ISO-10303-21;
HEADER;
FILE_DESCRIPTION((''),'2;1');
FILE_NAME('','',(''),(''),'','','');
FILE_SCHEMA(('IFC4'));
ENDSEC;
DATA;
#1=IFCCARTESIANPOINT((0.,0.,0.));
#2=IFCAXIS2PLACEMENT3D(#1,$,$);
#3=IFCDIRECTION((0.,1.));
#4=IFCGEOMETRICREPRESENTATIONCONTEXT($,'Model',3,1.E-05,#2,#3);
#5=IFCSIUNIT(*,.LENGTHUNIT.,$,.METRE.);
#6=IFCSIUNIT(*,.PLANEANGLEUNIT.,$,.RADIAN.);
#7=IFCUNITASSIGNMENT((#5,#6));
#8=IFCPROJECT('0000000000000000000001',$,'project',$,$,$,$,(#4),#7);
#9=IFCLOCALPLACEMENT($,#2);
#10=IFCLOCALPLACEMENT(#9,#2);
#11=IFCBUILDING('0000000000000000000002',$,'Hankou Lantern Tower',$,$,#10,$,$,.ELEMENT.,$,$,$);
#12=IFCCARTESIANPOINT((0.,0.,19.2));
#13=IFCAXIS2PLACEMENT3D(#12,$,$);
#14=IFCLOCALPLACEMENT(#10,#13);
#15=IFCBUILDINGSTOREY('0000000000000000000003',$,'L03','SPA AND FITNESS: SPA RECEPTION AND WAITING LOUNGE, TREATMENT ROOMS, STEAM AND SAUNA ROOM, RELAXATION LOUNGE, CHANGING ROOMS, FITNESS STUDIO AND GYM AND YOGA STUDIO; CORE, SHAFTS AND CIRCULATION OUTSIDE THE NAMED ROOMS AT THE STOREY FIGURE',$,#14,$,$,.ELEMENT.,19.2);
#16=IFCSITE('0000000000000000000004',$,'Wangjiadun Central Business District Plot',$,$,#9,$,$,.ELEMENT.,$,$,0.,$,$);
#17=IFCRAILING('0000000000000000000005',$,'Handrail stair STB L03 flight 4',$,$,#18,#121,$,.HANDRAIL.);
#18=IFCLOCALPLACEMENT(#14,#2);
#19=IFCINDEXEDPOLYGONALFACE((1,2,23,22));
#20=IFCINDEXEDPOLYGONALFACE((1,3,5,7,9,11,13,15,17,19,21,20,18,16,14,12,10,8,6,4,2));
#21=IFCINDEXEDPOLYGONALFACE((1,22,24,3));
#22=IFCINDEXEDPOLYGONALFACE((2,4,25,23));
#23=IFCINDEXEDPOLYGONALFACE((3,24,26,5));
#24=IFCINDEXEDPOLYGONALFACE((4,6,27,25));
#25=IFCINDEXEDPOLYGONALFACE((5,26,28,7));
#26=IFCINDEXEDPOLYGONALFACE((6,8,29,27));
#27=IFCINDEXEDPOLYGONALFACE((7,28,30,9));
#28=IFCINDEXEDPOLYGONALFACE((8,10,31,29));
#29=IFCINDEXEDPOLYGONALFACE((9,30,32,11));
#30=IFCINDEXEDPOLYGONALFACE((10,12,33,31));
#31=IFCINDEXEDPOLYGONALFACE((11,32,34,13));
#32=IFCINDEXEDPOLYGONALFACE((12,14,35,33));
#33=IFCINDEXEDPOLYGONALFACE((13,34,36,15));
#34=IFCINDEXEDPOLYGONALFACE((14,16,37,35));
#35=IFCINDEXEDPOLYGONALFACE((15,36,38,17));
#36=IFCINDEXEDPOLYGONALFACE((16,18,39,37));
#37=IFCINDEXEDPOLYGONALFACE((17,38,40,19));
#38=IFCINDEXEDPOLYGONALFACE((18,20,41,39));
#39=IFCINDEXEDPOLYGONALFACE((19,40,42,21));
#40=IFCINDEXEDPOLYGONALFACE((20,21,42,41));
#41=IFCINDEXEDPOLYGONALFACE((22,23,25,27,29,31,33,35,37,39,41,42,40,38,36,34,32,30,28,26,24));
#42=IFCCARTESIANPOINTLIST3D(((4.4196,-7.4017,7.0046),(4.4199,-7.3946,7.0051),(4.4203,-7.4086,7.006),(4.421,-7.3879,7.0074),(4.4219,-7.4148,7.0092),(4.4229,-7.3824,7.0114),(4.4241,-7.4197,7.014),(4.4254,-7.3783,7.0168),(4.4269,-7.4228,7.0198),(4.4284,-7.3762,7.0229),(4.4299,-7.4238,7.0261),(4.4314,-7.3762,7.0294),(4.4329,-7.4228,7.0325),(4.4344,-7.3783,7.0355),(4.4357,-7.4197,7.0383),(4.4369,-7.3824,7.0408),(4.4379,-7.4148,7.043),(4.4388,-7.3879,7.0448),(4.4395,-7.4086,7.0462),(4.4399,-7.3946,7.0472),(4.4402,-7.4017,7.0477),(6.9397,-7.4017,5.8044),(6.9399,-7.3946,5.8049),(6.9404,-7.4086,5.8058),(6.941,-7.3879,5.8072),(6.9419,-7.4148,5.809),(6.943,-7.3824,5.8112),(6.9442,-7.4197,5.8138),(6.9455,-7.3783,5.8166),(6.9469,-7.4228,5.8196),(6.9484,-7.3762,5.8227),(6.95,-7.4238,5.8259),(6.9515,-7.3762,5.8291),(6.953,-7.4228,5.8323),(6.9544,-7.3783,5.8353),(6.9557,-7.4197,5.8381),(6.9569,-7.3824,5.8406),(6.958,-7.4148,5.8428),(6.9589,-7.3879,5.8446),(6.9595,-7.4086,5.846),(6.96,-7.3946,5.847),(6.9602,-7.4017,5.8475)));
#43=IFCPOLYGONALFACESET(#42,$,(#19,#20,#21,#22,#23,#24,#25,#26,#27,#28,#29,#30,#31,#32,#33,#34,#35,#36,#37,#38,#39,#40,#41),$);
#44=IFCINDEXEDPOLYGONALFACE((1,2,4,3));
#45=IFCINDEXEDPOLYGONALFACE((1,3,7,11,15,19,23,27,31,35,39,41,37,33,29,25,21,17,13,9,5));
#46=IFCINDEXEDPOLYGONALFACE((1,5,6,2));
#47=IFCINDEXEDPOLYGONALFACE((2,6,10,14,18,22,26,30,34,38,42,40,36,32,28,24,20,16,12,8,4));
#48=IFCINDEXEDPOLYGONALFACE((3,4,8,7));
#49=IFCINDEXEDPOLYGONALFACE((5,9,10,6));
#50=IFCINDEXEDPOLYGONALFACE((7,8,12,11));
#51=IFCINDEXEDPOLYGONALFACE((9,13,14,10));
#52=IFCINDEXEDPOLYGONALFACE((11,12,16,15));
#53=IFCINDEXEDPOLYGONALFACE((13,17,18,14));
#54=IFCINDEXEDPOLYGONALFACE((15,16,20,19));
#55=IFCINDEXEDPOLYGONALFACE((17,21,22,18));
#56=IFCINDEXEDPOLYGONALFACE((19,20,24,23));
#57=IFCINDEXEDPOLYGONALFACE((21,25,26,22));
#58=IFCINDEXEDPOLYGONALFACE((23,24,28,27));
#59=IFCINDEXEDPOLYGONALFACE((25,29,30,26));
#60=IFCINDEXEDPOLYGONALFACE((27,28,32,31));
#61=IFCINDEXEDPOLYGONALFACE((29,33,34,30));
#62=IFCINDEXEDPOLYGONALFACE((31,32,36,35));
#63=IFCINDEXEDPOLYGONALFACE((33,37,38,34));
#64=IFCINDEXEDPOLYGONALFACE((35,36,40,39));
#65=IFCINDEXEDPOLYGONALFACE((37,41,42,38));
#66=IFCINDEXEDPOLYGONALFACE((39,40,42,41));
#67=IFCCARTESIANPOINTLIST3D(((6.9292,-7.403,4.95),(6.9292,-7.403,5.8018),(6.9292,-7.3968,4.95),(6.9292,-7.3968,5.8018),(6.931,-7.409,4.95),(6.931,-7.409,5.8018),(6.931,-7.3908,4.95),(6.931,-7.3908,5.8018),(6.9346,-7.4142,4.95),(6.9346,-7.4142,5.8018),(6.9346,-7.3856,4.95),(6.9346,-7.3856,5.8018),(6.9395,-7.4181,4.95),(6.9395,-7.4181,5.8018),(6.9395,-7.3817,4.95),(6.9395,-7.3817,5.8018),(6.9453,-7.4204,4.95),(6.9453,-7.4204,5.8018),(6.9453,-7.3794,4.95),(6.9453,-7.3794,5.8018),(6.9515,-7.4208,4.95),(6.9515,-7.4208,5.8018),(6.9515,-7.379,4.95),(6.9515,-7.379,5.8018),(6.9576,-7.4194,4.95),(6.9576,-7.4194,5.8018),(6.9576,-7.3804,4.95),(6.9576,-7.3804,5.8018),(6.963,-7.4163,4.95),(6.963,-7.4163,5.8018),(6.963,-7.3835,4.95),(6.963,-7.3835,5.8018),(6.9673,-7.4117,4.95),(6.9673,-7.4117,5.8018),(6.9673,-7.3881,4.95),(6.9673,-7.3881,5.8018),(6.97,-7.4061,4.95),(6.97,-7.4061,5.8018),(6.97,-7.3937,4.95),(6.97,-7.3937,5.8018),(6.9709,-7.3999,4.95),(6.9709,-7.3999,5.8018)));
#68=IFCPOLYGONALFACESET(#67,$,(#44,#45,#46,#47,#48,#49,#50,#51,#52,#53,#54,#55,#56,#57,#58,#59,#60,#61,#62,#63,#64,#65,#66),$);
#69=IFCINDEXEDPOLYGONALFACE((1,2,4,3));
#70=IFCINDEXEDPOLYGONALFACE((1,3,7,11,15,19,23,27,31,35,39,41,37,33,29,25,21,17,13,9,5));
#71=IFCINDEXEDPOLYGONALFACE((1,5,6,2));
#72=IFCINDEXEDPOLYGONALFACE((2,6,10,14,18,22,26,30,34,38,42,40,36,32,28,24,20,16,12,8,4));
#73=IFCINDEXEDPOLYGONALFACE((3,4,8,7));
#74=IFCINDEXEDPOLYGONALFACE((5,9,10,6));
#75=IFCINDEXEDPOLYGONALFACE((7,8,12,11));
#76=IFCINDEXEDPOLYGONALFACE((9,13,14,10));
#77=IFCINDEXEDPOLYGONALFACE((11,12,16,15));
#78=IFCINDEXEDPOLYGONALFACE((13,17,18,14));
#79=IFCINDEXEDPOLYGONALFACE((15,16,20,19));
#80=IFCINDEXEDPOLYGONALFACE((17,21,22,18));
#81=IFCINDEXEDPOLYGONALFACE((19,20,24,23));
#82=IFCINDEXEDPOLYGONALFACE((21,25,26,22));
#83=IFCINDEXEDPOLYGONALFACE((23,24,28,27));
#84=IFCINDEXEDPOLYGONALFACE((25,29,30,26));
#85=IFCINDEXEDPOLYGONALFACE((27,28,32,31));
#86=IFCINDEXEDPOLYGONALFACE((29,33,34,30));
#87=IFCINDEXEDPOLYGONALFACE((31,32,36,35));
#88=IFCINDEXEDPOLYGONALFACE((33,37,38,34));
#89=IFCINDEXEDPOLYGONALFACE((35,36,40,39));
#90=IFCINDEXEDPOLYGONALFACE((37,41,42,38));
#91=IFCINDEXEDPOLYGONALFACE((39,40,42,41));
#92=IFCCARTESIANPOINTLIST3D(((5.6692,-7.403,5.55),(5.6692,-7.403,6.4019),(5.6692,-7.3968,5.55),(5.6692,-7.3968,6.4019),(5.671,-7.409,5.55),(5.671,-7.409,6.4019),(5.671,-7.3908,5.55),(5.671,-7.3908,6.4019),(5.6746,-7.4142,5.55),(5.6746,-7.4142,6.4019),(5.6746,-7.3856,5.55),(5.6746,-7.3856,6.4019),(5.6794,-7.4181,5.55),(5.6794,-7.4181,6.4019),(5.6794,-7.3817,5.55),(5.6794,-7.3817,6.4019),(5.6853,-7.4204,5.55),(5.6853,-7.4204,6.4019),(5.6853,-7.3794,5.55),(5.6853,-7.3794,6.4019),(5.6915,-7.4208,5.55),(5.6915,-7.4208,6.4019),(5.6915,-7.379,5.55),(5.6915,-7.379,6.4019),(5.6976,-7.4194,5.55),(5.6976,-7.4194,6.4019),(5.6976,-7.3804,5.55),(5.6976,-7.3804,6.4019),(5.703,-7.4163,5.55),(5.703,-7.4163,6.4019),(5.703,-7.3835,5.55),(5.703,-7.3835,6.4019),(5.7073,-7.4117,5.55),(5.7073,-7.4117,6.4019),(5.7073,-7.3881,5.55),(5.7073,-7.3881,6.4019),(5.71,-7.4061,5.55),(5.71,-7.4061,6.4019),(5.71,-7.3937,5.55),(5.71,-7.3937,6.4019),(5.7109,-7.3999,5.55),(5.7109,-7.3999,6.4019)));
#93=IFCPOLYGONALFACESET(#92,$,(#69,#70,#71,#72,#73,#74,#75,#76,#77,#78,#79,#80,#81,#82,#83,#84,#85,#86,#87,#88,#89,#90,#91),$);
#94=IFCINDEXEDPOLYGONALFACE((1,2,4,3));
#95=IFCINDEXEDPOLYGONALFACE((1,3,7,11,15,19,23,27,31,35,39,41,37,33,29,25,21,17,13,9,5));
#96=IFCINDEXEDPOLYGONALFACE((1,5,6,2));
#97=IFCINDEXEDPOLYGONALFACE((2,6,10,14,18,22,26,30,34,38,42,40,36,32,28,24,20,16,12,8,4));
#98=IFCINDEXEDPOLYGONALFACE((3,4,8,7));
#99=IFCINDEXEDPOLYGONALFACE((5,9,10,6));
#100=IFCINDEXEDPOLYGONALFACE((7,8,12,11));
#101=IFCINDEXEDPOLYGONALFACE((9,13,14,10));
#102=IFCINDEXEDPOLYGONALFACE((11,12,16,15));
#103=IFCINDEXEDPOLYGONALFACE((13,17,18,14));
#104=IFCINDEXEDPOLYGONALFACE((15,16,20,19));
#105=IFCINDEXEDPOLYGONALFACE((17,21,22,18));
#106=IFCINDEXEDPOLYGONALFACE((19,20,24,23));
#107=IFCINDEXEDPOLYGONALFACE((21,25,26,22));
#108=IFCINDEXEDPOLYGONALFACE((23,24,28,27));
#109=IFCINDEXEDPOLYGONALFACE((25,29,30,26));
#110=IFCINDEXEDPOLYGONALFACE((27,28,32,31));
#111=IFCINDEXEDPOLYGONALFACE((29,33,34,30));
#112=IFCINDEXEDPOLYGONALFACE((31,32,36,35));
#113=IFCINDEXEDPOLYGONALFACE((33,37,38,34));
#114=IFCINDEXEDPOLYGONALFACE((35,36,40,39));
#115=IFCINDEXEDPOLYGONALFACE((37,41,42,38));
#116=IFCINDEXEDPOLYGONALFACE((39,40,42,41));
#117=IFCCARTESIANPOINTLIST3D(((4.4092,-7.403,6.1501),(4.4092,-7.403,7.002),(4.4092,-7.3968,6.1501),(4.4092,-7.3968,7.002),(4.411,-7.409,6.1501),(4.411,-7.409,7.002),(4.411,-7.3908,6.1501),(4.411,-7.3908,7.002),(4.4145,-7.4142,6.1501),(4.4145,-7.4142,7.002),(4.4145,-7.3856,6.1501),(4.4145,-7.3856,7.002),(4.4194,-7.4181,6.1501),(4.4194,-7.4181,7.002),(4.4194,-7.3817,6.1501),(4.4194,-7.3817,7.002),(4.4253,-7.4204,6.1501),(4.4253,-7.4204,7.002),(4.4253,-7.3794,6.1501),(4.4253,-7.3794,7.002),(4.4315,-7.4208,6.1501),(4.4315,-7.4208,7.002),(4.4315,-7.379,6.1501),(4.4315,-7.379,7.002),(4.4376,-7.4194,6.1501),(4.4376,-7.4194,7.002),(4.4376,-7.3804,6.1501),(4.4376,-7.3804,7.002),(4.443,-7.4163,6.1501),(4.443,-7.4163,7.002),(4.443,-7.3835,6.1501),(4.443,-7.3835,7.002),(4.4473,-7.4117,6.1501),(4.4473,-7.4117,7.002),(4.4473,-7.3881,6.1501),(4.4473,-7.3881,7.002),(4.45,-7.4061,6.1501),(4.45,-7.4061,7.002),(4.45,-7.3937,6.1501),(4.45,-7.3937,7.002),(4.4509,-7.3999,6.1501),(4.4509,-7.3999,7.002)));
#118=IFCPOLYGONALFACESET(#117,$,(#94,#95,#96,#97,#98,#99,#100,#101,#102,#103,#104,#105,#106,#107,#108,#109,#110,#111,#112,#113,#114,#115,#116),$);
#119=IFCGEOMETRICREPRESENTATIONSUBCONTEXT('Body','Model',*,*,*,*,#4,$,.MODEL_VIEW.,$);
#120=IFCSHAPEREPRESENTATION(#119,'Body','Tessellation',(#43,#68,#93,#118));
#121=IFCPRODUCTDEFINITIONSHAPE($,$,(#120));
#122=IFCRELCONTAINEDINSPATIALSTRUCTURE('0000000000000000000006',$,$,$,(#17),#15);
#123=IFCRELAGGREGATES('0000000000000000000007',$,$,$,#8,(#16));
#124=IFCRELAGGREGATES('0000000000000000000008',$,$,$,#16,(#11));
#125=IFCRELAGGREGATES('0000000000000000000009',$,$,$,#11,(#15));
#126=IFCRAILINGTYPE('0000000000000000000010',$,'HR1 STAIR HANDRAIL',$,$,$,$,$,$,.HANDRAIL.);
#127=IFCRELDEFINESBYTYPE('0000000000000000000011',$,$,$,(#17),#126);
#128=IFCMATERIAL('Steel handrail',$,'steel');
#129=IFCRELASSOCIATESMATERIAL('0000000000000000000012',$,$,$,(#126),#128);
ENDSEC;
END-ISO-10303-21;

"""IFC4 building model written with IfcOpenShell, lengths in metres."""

from ifc_helpers import new_model, si_unit, direction, frame, origin, origin_2d, place, context, subcontext, project, spatial, circle, extrude, material, type_object, element, save


model = new_model("IFC4")

# Units and contexts
model_context = context("Model", 3, precision=1e-05, world=origin(), true_north=direction((0.0, 1.0)))
body_context = subcontext(model_context, "Body", "Model", "MODEL_VIEW")
ifc_project = project(units=[si_unit("LENGTHUNIT", "METRE"), si_unit("PLANEANGLEUNIT", "RADIAN")], contexts=[model_context])

# Site, building, storey
site_placement = place(None, origin())
site = spatial("IfcSite", under=ifc_project, at=site_placement, Name="Wangjiadun Central Business District Plot", CompositionType="ELEMENT", RefElevation=0.0)
building_placement = place(site_placement, origin())
building = spatial("IfcBuilding", under=site, at=building_placement, Name="Hankou Lantern Tower", CompositionType="ELEMENT")
storey_placement = place(building_placement, frame((0.0, 0.0, 19.2)))
storey = spatial("IfcBuildingStorey", under=building, at=storey_placement, Name="L03", Description="SPA AND FITNESS: SPA RECEPTION AND WAITING LOUNGE, TREATMENT ROOMS, STEAM AND SAUNA ROOM, RELAXATION LOUNGE, CHANGING ROOMS, FITNESS STUDIO AND GYM AND YOGA STUDIO; CORE, SHAFTS AND CIRCULATION OUTSIDE THE NAMED ROOMS AT THE STOREY FIGURE", CompositionType="ELEMENT", Elevation=19.2)

# Railing
ifc_material_1 = material(Name="Steel handrail", Category="steel")
railing_type = type_object("IfcRailingType", Name="HR1 STAIR HANDRAIL", PredefinedType="HANDRAIL", material=ifc_material_1)
railing_1_placement = place(storey_placement, frame((6.95, -7.3999, 4.95)))
element("IfcRailing", 1, at=railing_1_placement, inside=storey, type_object=railing_type, Name="Handrail stair STB L03 flight 4", PredefinedType="HANDRAIL", context=body_context, shape_type="SweptSolid", body=[
    extrude(circle(Radius=0.0239, at=origin_2d()), frame((0.0, 0.0, 0.876), z_axis=(-0.902835, 0.0, 0.429988), x_axis=(0.0, -1.0, 0.0)), (0.0, 0.0, 1.0), 2.7913),
    extrude(circle(Radius=0.021, at=origin_2d()), origin(), (0.0, 0.0, 1.0), 0.8518),
    extrude(circle(Radius=0.021, at=origin_2d()), frame((-1.26, 0.0, 0.6001)), (0.0, 0.0, 1.0), 0.8518),
    extrude(circle(Radius=0.021, at=origin_2d()), frame((-2.52, 0.0, 1.2002)), (0.0, 0.0, 1.0), 0.8518),
])

save(model, "model.ifc")
